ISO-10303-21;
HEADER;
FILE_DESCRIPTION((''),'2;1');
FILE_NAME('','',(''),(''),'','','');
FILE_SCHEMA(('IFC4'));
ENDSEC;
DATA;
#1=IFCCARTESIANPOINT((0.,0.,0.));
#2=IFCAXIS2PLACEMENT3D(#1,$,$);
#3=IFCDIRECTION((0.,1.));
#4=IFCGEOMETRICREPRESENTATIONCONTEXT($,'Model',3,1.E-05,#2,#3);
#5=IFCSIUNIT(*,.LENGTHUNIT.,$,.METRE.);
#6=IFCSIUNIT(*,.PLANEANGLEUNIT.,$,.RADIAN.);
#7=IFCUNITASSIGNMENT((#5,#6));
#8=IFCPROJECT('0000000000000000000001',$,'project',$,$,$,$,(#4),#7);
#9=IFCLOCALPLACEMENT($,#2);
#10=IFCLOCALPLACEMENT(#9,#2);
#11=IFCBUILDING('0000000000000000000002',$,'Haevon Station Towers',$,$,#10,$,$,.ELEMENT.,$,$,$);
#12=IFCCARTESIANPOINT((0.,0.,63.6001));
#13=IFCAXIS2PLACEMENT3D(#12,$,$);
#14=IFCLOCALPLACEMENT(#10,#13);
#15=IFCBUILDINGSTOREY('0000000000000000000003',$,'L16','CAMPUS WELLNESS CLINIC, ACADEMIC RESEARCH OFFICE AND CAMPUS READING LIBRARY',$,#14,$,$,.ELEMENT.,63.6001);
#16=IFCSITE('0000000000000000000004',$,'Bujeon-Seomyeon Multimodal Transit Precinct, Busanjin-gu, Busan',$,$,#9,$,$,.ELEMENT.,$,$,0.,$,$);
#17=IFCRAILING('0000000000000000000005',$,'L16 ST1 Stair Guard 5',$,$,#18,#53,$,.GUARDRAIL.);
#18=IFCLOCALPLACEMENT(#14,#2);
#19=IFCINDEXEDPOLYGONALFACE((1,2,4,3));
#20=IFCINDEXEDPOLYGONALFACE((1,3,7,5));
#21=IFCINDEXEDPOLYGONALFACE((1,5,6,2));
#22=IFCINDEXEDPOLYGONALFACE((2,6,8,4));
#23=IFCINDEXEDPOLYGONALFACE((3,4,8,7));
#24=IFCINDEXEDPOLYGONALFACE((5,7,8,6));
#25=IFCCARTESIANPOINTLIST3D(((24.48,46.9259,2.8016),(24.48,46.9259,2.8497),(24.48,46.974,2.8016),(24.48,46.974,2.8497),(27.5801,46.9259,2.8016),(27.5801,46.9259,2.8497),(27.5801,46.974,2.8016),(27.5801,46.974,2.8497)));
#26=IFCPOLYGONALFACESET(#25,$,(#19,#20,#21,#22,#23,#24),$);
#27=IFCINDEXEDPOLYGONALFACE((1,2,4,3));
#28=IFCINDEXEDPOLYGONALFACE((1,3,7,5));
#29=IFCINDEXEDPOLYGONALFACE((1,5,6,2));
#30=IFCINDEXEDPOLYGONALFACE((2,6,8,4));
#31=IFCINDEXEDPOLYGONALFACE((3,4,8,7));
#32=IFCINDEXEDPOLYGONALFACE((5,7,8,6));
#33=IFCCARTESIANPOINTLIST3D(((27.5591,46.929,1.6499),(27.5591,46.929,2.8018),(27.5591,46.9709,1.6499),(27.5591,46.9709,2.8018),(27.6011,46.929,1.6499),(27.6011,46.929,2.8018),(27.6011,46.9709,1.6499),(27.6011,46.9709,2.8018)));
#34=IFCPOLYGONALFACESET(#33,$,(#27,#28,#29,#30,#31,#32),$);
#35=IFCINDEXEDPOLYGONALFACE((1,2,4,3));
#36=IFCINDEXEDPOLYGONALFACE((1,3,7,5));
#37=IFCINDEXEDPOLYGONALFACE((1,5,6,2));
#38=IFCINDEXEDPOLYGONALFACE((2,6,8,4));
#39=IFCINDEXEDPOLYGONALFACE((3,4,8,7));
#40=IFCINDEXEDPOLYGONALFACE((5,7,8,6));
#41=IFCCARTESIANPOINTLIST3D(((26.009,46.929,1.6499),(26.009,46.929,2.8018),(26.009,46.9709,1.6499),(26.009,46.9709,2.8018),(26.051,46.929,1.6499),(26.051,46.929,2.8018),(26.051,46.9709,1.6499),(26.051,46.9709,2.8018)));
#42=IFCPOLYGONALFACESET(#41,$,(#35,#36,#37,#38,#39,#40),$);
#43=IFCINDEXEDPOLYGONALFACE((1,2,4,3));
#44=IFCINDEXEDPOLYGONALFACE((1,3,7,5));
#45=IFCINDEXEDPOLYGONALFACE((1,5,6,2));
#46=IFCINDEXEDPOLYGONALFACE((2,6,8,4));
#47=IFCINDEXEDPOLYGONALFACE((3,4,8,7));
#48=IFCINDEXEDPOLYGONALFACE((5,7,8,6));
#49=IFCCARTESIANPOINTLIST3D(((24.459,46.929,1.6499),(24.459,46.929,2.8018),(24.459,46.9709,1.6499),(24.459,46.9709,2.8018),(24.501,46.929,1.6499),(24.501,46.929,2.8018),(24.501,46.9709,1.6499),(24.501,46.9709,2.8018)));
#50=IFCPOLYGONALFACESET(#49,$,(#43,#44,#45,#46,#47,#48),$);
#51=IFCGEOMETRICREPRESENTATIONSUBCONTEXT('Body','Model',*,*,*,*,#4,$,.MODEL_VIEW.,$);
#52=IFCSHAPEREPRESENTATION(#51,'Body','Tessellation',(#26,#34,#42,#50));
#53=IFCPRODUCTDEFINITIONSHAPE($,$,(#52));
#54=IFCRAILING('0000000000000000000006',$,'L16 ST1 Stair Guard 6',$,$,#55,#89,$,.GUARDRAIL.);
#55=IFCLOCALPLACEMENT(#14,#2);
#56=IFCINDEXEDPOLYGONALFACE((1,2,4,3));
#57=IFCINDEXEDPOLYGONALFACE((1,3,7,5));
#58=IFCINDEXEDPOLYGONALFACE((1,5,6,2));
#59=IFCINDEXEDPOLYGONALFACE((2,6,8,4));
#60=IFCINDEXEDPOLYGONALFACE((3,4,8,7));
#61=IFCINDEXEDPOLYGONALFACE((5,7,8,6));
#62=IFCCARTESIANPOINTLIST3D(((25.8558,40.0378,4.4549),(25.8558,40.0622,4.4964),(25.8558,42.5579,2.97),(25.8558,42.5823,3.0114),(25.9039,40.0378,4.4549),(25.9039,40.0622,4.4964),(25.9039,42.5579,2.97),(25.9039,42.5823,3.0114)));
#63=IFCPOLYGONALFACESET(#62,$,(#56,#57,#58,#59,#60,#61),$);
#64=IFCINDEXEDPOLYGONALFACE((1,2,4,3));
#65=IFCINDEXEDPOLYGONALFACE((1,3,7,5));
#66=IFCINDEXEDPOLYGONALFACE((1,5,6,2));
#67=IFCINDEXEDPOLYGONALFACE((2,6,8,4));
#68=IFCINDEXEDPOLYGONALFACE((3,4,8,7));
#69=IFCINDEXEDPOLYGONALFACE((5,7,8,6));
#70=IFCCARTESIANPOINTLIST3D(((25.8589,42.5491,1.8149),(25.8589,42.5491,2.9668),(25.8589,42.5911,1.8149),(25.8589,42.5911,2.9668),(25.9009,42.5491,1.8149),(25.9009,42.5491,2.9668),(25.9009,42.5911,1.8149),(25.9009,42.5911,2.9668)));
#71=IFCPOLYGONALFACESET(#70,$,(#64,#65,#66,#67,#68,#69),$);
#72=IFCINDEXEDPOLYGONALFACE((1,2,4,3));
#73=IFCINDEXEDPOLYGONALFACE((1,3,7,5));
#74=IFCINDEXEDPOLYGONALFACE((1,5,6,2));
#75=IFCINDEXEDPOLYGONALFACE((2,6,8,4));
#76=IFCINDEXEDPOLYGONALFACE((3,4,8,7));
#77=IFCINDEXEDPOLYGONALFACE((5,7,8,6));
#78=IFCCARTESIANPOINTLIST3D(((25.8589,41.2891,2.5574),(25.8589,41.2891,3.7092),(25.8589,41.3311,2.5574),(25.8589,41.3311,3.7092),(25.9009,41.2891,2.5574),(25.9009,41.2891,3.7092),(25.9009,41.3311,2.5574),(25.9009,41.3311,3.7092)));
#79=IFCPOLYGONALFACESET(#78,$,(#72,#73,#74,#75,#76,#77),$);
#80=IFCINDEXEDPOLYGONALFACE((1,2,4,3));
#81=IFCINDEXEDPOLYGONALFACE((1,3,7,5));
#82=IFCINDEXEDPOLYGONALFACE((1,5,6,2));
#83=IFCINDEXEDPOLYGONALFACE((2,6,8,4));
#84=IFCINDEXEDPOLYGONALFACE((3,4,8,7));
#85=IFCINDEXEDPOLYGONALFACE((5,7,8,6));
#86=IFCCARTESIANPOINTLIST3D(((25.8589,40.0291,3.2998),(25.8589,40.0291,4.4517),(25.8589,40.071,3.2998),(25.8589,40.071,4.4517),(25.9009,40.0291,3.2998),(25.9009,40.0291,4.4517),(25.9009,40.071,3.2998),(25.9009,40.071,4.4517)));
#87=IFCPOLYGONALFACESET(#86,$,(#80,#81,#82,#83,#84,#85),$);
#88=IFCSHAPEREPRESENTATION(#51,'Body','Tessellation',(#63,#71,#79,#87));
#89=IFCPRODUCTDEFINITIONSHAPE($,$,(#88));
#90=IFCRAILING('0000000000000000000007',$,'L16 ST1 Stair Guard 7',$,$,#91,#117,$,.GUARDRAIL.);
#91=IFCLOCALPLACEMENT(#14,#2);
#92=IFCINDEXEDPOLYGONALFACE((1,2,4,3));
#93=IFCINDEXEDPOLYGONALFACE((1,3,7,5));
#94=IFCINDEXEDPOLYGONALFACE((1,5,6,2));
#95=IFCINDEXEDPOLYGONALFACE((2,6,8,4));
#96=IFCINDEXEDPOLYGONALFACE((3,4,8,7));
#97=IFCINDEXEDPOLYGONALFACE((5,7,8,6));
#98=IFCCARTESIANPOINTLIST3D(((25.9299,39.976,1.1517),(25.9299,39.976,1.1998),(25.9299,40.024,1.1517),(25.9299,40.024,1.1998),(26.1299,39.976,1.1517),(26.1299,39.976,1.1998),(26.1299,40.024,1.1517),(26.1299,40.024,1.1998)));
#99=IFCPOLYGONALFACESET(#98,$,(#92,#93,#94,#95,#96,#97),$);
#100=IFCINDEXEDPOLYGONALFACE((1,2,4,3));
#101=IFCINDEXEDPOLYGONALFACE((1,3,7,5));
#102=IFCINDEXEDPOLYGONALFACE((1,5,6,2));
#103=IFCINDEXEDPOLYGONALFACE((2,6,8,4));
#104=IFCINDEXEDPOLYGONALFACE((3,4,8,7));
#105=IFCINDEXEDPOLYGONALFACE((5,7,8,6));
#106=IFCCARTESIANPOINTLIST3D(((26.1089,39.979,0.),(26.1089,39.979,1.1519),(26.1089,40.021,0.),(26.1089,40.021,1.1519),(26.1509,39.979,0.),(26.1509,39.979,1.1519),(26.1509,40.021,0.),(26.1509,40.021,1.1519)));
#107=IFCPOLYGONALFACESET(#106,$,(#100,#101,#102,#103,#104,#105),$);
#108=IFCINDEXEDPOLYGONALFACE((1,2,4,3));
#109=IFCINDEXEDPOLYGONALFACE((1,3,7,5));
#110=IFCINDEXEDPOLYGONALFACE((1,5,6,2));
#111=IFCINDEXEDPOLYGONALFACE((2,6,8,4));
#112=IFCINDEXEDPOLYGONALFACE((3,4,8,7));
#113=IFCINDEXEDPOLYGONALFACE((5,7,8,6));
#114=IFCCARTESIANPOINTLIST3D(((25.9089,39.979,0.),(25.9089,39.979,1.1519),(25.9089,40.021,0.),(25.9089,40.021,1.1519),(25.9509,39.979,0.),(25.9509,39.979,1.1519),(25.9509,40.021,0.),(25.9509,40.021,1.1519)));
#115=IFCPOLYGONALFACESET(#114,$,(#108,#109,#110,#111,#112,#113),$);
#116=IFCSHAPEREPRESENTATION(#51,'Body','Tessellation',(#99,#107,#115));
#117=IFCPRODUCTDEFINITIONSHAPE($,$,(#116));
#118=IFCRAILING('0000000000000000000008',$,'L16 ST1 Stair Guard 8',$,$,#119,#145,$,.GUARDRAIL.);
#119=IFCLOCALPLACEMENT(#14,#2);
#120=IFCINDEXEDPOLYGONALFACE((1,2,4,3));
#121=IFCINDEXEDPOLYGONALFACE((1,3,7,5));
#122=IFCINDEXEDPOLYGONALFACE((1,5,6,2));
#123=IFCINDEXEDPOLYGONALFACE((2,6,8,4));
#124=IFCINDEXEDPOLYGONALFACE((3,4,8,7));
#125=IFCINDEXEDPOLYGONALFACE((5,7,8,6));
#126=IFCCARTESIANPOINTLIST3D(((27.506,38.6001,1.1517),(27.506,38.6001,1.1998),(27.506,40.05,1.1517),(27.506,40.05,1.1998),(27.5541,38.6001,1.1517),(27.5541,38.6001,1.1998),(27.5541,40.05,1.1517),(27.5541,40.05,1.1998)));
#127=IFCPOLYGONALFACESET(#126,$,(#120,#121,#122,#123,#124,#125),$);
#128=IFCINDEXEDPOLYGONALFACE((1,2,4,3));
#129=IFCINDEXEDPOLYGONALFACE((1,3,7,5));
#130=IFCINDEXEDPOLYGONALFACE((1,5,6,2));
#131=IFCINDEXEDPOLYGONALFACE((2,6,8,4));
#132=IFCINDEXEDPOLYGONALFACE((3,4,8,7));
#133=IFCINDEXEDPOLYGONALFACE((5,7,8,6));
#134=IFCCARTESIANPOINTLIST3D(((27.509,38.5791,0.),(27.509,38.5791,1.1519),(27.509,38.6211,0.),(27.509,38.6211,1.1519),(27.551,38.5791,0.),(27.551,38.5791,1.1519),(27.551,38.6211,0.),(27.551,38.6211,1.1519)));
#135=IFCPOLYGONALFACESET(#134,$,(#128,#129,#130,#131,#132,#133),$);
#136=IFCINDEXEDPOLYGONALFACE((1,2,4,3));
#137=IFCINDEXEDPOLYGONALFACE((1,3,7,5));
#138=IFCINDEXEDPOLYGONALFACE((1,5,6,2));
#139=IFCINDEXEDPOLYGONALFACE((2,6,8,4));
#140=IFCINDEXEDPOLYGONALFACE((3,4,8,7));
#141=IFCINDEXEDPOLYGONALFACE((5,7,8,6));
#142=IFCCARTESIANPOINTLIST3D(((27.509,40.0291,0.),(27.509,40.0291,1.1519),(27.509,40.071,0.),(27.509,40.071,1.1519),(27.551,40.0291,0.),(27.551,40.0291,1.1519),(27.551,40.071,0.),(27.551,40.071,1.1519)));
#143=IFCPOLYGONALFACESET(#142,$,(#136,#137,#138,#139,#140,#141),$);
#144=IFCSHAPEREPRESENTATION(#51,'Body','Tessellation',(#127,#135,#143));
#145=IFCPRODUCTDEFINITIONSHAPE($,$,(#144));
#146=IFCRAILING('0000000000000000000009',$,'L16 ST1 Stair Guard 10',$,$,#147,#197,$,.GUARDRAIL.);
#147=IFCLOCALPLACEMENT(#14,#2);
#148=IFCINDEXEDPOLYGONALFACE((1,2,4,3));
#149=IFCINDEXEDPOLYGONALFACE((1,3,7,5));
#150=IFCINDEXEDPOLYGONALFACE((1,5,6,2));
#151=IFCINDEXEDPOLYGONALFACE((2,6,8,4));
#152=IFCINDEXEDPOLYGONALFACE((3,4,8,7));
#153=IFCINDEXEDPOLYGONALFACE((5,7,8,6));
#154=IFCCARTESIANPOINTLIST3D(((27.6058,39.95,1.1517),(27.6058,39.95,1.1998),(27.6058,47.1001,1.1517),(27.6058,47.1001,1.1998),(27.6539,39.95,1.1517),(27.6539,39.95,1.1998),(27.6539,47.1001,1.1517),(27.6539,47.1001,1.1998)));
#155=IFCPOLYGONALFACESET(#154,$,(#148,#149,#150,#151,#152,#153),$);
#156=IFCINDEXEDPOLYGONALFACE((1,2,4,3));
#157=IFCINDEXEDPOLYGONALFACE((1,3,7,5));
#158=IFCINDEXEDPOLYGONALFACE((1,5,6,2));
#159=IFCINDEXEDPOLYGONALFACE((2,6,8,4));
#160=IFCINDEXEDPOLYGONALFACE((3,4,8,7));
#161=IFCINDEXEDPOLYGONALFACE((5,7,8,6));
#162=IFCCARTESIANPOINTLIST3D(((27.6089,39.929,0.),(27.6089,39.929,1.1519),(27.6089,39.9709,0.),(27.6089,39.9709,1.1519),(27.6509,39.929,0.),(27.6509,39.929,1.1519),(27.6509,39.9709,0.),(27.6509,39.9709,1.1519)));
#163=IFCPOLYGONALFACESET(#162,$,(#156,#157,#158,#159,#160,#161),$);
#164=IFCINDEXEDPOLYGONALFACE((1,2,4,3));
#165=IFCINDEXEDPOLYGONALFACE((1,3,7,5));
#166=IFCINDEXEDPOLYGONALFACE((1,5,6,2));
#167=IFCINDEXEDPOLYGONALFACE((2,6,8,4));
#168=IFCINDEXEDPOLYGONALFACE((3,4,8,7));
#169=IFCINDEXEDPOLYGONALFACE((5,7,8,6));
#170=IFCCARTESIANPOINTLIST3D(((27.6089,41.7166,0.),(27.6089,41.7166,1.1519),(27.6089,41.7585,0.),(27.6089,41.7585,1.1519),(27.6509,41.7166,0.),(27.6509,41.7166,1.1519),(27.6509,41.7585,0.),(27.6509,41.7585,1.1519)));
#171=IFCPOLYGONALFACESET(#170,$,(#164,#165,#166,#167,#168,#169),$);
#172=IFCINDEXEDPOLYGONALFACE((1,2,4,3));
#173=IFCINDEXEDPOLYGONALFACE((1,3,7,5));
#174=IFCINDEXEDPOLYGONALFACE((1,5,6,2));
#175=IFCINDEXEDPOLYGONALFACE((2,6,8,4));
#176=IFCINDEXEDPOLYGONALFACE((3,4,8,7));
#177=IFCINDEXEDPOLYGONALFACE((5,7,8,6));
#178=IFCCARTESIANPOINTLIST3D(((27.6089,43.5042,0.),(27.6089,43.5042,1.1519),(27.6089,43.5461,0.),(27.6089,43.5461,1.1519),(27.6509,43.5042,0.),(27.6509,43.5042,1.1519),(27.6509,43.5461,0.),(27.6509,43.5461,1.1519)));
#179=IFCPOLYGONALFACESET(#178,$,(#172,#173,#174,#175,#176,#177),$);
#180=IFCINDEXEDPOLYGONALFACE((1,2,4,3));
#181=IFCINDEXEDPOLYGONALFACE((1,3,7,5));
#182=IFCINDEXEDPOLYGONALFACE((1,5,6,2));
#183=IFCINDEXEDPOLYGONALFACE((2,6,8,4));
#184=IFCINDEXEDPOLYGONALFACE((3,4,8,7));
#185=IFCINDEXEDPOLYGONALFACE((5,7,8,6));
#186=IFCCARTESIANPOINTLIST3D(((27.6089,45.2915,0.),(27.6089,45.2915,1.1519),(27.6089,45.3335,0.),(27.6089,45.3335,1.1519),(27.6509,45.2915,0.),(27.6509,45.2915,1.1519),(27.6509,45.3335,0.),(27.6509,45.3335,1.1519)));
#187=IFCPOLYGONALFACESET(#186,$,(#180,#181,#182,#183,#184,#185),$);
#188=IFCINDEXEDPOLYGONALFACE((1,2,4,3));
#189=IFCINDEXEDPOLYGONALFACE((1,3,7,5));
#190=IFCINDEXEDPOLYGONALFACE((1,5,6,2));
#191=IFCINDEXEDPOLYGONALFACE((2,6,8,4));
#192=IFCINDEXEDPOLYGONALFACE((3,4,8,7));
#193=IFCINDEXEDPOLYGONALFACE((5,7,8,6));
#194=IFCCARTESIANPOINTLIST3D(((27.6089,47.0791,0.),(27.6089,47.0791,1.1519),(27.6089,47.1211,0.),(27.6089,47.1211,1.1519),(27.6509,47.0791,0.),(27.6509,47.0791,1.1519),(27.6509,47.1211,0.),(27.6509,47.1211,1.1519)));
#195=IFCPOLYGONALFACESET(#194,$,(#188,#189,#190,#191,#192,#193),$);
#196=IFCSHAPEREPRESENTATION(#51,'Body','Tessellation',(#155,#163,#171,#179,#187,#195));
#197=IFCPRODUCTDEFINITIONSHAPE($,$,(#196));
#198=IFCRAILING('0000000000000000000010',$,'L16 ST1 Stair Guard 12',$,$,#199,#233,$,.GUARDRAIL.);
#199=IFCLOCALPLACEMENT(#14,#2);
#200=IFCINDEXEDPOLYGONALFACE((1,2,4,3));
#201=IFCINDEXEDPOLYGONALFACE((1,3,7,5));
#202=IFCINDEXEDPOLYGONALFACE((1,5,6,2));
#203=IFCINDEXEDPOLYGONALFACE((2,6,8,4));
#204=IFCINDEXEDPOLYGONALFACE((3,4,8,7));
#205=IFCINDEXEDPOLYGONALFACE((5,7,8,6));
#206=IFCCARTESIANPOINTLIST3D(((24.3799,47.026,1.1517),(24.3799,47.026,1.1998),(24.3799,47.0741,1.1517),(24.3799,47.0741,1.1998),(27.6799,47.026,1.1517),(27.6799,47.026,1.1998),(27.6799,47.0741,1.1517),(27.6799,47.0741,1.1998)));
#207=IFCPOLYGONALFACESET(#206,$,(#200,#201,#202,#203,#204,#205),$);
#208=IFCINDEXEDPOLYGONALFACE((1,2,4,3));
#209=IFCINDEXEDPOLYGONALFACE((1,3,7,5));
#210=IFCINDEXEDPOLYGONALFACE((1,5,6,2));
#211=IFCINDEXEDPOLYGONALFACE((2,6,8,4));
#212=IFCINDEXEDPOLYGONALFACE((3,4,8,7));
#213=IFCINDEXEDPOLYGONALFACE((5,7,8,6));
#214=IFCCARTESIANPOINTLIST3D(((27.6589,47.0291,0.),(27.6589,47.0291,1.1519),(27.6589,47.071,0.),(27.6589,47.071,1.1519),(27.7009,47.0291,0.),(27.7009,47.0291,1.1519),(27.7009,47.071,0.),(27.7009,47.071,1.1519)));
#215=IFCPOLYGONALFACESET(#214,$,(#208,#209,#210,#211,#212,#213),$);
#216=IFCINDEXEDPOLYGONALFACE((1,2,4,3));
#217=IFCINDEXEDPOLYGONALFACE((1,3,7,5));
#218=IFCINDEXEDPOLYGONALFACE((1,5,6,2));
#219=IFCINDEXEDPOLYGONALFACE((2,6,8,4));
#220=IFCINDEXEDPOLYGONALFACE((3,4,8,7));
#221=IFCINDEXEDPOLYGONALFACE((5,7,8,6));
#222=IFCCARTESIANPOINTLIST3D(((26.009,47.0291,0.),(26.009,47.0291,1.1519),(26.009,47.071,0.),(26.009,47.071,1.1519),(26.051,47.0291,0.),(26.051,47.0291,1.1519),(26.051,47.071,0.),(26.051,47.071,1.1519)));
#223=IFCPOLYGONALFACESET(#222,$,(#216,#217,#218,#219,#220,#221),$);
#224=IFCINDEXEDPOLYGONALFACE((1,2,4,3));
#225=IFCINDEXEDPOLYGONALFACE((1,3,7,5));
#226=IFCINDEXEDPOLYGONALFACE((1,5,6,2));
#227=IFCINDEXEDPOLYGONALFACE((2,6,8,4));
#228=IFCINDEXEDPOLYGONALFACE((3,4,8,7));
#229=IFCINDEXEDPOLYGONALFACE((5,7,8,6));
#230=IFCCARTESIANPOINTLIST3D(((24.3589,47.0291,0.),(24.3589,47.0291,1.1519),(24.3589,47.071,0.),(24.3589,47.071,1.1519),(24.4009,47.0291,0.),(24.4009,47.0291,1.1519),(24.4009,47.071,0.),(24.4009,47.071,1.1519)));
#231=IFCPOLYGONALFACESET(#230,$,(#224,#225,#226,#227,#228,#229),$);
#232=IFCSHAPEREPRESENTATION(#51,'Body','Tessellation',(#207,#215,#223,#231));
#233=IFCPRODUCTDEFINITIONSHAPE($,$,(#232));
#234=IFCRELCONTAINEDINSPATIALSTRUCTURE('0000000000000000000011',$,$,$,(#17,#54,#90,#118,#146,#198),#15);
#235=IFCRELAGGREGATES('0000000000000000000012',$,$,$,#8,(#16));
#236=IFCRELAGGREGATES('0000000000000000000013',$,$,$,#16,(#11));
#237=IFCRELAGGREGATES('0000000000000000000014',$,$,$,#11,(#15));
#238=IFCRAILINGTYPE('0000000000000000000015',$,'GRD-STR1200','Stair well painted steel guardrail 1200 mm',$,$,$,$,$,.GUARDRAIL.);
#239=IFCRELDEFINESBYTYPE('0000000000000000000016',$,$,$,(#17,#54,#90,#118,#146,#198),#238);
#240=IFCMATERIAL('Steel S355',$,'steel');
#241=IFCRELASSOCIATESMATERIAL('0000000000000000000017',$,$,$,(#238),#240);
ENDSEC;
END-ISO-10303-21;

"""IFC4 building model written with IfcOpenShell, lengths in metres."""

from ifc_helpers import new_model, si_unit, direction, frame, origin, origin_2d, place, context, subcontext, project, spatial, rectangle, extrude, material, type_object, element, save


model = new_model("IFC4")

# Units and contexts
model_context = context("Model", 3, precision=1e-05, world=origin(), true_north=direction((0.0, 1.0)))
body_context = subcontext(model_context, "Body", "Model", "MODEL_VIEW")
ifc_project = project(units=[si_unit("LENGTHUNIT", "METRE"), si_unit("PLANEANGLEUNIT", "RADIAN")], contexts=[model_context])

# Site, building, storey
site_placement = place(None, origin())
site = spatial("IfcSite", under=ifc_project, at=site_placement, Name="Bujeon-Seomyeon Multimodal Transit Precinct, Busanjin-gu, Busan", CompositionType="ELEMENT", RefElevation=0.0)
building_placement = place(site_placement, origin())
building = spatial("IfcBuilding", under=site, at=building_placement, Name="Haevon Station Towers", CompositionType="ELEMENT")
storey_placement = place(building_placement, frame((0.0, 0.0, 63.6001)))
storey = spatial("IfcBuildingStorey", under=building, at=storey_placement, Name="L16", Description="CAMPUS WELLNESS CLINIC, ACADEMIC RESEARCH OFFICE AND CAMPUS READING LIBRARY", CompositionType="ELEMENT", Elevation=63.6001)

# Shared definitions
ifc_material_1 = material(Name="Steel S355", Category="steel")

# Railings
railing_type_1 = type_object("IfcRailingType", Name="GRD-STR1200", Description="Stair well painted steel guardrail 1200 mm", PredefinedType="GUARDRAIL", material=ifc_material_1)
railing_1_placement = place(storey_placement, frame((27.5801, 46.95, 1.6499)))
element("IfcRailing", 1, at=railing_1_placement, inside=storey, type_object=railing_type_1, Name="L16 ST1 Stair Guard 5", PredefinedType="GUARDRAIL", context=body_context, shape_type="SweptSolid", body=[
    extrude(rectangle(XDim=0.0481, YDim=0.0481, at=origin_2d()), frame((0.0, 0.0, 1.1758), z_axis=(-1.0, 0.0, 0.0), x_axis=(0.0, -1.0, 0.0)), (0.0, 0.0, 1.0), 3.1001),
    extrude(rectangle(XDim=0.042, YDim=0.042, at=origin_2d()), origin(), (0.0, 0.0, 1.0), 1.1519),
    extrude(rectangle(XDim=0.042, YDim=0.042, at=origin_2d()), frame((-1.55, 0.0, 0.0)), (0.0, 0.0, 1.0), 1.1519),
    extrude(rectangle(XDim=0.042, YDim=0.042, at=origin_2d()), frame((-3.1001, 0.0, 0.0)), (0.0, 0.0, 1.0), 1.1519),
])
railing_2_placement = place(storey_placement, frame((25.8799, 42.5701, 1.8149)))
element("IfcRailing", 2, at=railing_2_placement, inside=storey, type_object=railing_type_1, Name="L16 ST1 Stair Guard 6", PredefinedType="GUARDRAIL", context=body_context, shape_type="SweptSolid", body=[
    extrude(rectangle(XDim=0.0481, YDim=0.0481, at=origin_2d()), frame((0.0, 0.0, 1.1758), z_axis=(0.0, -0.861561, 0.507655), x_axis=(1.0, 0.0, 0.0)), (0.0, 0.0, 1.0), 2.925),
    extrude(rectangle(XDim=0.042, YDim=0.042, at=origin_2d()), origin(), (0.0, 0.0, 1.0), 1.1519),
    extrude(rectangle(XDim=0.042, YDim=0.042, at=origin_2d()), frame((0.0, -1.26, 0.7424)), (0.0, 0.0, 1.0), 1.1519),
    extrude(rectangle(XDim=0.042, YDim=0.042, at=origin_2d()), frame((0.0, -2.52, 1.4849)), (0.0, 0.0, 1.0), 1.1519),
])
railing_3_placement = place(storey_placement, frame((26.1299, 40.0, 0.0)))
element("IfcRailing", 3, at=railing_3_placement, inside=storey, type_object=railing_type_1, Name="L16 ST1 Stair Guard 7", PredefinedType="GUARDRAIL", context=body_context, shape_type="SweptSolid", body=[
    extrude(rectangle(XDim=0.0481, YDim=0.0481, at=origin_2d()), frame((0.0, 0.0, 1.1758), z_axis=(-1.0, 0.0, 0.0), x_axis=(0.0, -1.0, 0.0)), (0.0, 0.0, 1.0), 0.2),
    extrude(rectangle(XDim=0.042, YDim=0.042, at=origin_2d()), origin(), (0.0, 0.0, 1.0), 1.1519),
    extrude(rectangle(XDim=0.042, YDim=0.042, at=origin_2d()), frame((-0.2, 0.0, 0.0)), (0.0, 0.0, 1.0), 1.1519),
])
railing_4_placement = place(storey_placement, frame((27.53, 38.6001, 0.0)))
element("IfcRailing", 4, at=railing_4_placement, inside=storey, type_object=railing_type_1, Name="L16 ST1 Stair Guard 8", PredefinedType="GUARDRAIL", context=body_context, shape_type="SweptSolid", body=[
    extrude(rectangle(XDim=0.0481, YDim=0.0481, at=origin_2d()), frame((0.0, 0.0, 1.1758), z_axis=(0.0, 1.0, 0.0), x_axis=(-1.0, 0.0, 0.0)), (0.0, 0.0, 1.0), 1.45),
    extrude(rectangle(XDim=0.042, YDim=0.042, at=origin_2d()), origin(), (0.0, 0.0, 1.0), 1.1519),
    extrude(rectangle(XDim=0.042, YDim=0.042, at=origin_2d()), frame((0.0, 1.45, 0.0)), (0.0, 0.0, 1.0), 1.1519),
])
railing_5_placement = place(storey_placement, frame((27.6299, 39.95, 0.0)))
element("IfcRailing", 5, at=railing_5_placement, inside=storey, type_object=railing_type_1, Name="L16 ST1 Stair Guard 10", PredefinedType="GUARDRAIL", context=body_context, shape_type="SweptSolid", body=[
    extrude(rectangle(XDim=0.0481, YDim=0.0481, at=origin_2d()), frame((0.0, 0.0, 1.1758), z_axis=(0.0, 1.0, 0.0), x_axis=(-1.0, 0.0, 0.0)), (0.0, 0.0, 1.0), 7.1501),
    extrude(rectangle(XDim=0.042, YDim=0.042, at=origin_2d()), origin(), (0.0, 0.0, 1.0), 1.1519),
    extrude(rectangle(XDim=0.042, YDim=0.042, at=origin_2d()), frame((0.0, 1.7876, 0.0)), (0.0, 0.0, 1.0), 1.1519),
    extrude(rectangle(XDim=0.042, YDim=0.042, at=origin_2d()), frame((0.0, 3.5752, 0.0)), (0.0, 0.0, 1.0), 1.1519),
    extrude(rectangle(XDim=0.042, YDim=0.042, at=origin_2d()), frame((0.0, 5.3625, 0.0)), (0.0, 0.0, 1.0), 1.1519),
    extrude(rectangle(XDim=0.042, YDim=0.042, at=origin_2d()), frame((0.0, 7.1501, 0.0)), (0.0, 0.0, 1.0), 1.1519),
])
railing_6_placement = place(storey_placement, frame((27.6799, 47.05, 0.0)))
element("IfcRailing", 6, at=railing_6_placement, inside=storey, type_object=railing_type_1, Name="L16 ST1 Stair Guard 12", PredefinedType="GUARDRAIL", context=body_context, shape_type="SweptSolid", body=[
    extrude(rectangle(XDim=0.0481, YDim=0.0481, at=origin_2d()), frame((0.0, 0.0, 1.1758), z_axis=(-1.0, 0.0, 0.0), x_axis=(0.0, -1.0, 0.0)), (0.0, 0.0, 1.0), 3.3),
    extrude(rectangle(XDim=0.042, YDim=0.042, at=origin_2d()), origin(), (0.0, 0.0, 1.0), 1.1519),
    extrude(rectangle(XDim=0.042, YDim=0.042, at=origin_2d()), frame((-1.6499, 0.0, 0.0)), (0.0, 0.0, 1.0), 1.1519),
    extrude(rectangle(XDim=0.042, YDim=0.042, at=origin_2d()), frame((-3.3, 0.0, 0.0)), (0.0, 0.0, 1.0), 1.1519),
])

save(model, "model.ifc")
